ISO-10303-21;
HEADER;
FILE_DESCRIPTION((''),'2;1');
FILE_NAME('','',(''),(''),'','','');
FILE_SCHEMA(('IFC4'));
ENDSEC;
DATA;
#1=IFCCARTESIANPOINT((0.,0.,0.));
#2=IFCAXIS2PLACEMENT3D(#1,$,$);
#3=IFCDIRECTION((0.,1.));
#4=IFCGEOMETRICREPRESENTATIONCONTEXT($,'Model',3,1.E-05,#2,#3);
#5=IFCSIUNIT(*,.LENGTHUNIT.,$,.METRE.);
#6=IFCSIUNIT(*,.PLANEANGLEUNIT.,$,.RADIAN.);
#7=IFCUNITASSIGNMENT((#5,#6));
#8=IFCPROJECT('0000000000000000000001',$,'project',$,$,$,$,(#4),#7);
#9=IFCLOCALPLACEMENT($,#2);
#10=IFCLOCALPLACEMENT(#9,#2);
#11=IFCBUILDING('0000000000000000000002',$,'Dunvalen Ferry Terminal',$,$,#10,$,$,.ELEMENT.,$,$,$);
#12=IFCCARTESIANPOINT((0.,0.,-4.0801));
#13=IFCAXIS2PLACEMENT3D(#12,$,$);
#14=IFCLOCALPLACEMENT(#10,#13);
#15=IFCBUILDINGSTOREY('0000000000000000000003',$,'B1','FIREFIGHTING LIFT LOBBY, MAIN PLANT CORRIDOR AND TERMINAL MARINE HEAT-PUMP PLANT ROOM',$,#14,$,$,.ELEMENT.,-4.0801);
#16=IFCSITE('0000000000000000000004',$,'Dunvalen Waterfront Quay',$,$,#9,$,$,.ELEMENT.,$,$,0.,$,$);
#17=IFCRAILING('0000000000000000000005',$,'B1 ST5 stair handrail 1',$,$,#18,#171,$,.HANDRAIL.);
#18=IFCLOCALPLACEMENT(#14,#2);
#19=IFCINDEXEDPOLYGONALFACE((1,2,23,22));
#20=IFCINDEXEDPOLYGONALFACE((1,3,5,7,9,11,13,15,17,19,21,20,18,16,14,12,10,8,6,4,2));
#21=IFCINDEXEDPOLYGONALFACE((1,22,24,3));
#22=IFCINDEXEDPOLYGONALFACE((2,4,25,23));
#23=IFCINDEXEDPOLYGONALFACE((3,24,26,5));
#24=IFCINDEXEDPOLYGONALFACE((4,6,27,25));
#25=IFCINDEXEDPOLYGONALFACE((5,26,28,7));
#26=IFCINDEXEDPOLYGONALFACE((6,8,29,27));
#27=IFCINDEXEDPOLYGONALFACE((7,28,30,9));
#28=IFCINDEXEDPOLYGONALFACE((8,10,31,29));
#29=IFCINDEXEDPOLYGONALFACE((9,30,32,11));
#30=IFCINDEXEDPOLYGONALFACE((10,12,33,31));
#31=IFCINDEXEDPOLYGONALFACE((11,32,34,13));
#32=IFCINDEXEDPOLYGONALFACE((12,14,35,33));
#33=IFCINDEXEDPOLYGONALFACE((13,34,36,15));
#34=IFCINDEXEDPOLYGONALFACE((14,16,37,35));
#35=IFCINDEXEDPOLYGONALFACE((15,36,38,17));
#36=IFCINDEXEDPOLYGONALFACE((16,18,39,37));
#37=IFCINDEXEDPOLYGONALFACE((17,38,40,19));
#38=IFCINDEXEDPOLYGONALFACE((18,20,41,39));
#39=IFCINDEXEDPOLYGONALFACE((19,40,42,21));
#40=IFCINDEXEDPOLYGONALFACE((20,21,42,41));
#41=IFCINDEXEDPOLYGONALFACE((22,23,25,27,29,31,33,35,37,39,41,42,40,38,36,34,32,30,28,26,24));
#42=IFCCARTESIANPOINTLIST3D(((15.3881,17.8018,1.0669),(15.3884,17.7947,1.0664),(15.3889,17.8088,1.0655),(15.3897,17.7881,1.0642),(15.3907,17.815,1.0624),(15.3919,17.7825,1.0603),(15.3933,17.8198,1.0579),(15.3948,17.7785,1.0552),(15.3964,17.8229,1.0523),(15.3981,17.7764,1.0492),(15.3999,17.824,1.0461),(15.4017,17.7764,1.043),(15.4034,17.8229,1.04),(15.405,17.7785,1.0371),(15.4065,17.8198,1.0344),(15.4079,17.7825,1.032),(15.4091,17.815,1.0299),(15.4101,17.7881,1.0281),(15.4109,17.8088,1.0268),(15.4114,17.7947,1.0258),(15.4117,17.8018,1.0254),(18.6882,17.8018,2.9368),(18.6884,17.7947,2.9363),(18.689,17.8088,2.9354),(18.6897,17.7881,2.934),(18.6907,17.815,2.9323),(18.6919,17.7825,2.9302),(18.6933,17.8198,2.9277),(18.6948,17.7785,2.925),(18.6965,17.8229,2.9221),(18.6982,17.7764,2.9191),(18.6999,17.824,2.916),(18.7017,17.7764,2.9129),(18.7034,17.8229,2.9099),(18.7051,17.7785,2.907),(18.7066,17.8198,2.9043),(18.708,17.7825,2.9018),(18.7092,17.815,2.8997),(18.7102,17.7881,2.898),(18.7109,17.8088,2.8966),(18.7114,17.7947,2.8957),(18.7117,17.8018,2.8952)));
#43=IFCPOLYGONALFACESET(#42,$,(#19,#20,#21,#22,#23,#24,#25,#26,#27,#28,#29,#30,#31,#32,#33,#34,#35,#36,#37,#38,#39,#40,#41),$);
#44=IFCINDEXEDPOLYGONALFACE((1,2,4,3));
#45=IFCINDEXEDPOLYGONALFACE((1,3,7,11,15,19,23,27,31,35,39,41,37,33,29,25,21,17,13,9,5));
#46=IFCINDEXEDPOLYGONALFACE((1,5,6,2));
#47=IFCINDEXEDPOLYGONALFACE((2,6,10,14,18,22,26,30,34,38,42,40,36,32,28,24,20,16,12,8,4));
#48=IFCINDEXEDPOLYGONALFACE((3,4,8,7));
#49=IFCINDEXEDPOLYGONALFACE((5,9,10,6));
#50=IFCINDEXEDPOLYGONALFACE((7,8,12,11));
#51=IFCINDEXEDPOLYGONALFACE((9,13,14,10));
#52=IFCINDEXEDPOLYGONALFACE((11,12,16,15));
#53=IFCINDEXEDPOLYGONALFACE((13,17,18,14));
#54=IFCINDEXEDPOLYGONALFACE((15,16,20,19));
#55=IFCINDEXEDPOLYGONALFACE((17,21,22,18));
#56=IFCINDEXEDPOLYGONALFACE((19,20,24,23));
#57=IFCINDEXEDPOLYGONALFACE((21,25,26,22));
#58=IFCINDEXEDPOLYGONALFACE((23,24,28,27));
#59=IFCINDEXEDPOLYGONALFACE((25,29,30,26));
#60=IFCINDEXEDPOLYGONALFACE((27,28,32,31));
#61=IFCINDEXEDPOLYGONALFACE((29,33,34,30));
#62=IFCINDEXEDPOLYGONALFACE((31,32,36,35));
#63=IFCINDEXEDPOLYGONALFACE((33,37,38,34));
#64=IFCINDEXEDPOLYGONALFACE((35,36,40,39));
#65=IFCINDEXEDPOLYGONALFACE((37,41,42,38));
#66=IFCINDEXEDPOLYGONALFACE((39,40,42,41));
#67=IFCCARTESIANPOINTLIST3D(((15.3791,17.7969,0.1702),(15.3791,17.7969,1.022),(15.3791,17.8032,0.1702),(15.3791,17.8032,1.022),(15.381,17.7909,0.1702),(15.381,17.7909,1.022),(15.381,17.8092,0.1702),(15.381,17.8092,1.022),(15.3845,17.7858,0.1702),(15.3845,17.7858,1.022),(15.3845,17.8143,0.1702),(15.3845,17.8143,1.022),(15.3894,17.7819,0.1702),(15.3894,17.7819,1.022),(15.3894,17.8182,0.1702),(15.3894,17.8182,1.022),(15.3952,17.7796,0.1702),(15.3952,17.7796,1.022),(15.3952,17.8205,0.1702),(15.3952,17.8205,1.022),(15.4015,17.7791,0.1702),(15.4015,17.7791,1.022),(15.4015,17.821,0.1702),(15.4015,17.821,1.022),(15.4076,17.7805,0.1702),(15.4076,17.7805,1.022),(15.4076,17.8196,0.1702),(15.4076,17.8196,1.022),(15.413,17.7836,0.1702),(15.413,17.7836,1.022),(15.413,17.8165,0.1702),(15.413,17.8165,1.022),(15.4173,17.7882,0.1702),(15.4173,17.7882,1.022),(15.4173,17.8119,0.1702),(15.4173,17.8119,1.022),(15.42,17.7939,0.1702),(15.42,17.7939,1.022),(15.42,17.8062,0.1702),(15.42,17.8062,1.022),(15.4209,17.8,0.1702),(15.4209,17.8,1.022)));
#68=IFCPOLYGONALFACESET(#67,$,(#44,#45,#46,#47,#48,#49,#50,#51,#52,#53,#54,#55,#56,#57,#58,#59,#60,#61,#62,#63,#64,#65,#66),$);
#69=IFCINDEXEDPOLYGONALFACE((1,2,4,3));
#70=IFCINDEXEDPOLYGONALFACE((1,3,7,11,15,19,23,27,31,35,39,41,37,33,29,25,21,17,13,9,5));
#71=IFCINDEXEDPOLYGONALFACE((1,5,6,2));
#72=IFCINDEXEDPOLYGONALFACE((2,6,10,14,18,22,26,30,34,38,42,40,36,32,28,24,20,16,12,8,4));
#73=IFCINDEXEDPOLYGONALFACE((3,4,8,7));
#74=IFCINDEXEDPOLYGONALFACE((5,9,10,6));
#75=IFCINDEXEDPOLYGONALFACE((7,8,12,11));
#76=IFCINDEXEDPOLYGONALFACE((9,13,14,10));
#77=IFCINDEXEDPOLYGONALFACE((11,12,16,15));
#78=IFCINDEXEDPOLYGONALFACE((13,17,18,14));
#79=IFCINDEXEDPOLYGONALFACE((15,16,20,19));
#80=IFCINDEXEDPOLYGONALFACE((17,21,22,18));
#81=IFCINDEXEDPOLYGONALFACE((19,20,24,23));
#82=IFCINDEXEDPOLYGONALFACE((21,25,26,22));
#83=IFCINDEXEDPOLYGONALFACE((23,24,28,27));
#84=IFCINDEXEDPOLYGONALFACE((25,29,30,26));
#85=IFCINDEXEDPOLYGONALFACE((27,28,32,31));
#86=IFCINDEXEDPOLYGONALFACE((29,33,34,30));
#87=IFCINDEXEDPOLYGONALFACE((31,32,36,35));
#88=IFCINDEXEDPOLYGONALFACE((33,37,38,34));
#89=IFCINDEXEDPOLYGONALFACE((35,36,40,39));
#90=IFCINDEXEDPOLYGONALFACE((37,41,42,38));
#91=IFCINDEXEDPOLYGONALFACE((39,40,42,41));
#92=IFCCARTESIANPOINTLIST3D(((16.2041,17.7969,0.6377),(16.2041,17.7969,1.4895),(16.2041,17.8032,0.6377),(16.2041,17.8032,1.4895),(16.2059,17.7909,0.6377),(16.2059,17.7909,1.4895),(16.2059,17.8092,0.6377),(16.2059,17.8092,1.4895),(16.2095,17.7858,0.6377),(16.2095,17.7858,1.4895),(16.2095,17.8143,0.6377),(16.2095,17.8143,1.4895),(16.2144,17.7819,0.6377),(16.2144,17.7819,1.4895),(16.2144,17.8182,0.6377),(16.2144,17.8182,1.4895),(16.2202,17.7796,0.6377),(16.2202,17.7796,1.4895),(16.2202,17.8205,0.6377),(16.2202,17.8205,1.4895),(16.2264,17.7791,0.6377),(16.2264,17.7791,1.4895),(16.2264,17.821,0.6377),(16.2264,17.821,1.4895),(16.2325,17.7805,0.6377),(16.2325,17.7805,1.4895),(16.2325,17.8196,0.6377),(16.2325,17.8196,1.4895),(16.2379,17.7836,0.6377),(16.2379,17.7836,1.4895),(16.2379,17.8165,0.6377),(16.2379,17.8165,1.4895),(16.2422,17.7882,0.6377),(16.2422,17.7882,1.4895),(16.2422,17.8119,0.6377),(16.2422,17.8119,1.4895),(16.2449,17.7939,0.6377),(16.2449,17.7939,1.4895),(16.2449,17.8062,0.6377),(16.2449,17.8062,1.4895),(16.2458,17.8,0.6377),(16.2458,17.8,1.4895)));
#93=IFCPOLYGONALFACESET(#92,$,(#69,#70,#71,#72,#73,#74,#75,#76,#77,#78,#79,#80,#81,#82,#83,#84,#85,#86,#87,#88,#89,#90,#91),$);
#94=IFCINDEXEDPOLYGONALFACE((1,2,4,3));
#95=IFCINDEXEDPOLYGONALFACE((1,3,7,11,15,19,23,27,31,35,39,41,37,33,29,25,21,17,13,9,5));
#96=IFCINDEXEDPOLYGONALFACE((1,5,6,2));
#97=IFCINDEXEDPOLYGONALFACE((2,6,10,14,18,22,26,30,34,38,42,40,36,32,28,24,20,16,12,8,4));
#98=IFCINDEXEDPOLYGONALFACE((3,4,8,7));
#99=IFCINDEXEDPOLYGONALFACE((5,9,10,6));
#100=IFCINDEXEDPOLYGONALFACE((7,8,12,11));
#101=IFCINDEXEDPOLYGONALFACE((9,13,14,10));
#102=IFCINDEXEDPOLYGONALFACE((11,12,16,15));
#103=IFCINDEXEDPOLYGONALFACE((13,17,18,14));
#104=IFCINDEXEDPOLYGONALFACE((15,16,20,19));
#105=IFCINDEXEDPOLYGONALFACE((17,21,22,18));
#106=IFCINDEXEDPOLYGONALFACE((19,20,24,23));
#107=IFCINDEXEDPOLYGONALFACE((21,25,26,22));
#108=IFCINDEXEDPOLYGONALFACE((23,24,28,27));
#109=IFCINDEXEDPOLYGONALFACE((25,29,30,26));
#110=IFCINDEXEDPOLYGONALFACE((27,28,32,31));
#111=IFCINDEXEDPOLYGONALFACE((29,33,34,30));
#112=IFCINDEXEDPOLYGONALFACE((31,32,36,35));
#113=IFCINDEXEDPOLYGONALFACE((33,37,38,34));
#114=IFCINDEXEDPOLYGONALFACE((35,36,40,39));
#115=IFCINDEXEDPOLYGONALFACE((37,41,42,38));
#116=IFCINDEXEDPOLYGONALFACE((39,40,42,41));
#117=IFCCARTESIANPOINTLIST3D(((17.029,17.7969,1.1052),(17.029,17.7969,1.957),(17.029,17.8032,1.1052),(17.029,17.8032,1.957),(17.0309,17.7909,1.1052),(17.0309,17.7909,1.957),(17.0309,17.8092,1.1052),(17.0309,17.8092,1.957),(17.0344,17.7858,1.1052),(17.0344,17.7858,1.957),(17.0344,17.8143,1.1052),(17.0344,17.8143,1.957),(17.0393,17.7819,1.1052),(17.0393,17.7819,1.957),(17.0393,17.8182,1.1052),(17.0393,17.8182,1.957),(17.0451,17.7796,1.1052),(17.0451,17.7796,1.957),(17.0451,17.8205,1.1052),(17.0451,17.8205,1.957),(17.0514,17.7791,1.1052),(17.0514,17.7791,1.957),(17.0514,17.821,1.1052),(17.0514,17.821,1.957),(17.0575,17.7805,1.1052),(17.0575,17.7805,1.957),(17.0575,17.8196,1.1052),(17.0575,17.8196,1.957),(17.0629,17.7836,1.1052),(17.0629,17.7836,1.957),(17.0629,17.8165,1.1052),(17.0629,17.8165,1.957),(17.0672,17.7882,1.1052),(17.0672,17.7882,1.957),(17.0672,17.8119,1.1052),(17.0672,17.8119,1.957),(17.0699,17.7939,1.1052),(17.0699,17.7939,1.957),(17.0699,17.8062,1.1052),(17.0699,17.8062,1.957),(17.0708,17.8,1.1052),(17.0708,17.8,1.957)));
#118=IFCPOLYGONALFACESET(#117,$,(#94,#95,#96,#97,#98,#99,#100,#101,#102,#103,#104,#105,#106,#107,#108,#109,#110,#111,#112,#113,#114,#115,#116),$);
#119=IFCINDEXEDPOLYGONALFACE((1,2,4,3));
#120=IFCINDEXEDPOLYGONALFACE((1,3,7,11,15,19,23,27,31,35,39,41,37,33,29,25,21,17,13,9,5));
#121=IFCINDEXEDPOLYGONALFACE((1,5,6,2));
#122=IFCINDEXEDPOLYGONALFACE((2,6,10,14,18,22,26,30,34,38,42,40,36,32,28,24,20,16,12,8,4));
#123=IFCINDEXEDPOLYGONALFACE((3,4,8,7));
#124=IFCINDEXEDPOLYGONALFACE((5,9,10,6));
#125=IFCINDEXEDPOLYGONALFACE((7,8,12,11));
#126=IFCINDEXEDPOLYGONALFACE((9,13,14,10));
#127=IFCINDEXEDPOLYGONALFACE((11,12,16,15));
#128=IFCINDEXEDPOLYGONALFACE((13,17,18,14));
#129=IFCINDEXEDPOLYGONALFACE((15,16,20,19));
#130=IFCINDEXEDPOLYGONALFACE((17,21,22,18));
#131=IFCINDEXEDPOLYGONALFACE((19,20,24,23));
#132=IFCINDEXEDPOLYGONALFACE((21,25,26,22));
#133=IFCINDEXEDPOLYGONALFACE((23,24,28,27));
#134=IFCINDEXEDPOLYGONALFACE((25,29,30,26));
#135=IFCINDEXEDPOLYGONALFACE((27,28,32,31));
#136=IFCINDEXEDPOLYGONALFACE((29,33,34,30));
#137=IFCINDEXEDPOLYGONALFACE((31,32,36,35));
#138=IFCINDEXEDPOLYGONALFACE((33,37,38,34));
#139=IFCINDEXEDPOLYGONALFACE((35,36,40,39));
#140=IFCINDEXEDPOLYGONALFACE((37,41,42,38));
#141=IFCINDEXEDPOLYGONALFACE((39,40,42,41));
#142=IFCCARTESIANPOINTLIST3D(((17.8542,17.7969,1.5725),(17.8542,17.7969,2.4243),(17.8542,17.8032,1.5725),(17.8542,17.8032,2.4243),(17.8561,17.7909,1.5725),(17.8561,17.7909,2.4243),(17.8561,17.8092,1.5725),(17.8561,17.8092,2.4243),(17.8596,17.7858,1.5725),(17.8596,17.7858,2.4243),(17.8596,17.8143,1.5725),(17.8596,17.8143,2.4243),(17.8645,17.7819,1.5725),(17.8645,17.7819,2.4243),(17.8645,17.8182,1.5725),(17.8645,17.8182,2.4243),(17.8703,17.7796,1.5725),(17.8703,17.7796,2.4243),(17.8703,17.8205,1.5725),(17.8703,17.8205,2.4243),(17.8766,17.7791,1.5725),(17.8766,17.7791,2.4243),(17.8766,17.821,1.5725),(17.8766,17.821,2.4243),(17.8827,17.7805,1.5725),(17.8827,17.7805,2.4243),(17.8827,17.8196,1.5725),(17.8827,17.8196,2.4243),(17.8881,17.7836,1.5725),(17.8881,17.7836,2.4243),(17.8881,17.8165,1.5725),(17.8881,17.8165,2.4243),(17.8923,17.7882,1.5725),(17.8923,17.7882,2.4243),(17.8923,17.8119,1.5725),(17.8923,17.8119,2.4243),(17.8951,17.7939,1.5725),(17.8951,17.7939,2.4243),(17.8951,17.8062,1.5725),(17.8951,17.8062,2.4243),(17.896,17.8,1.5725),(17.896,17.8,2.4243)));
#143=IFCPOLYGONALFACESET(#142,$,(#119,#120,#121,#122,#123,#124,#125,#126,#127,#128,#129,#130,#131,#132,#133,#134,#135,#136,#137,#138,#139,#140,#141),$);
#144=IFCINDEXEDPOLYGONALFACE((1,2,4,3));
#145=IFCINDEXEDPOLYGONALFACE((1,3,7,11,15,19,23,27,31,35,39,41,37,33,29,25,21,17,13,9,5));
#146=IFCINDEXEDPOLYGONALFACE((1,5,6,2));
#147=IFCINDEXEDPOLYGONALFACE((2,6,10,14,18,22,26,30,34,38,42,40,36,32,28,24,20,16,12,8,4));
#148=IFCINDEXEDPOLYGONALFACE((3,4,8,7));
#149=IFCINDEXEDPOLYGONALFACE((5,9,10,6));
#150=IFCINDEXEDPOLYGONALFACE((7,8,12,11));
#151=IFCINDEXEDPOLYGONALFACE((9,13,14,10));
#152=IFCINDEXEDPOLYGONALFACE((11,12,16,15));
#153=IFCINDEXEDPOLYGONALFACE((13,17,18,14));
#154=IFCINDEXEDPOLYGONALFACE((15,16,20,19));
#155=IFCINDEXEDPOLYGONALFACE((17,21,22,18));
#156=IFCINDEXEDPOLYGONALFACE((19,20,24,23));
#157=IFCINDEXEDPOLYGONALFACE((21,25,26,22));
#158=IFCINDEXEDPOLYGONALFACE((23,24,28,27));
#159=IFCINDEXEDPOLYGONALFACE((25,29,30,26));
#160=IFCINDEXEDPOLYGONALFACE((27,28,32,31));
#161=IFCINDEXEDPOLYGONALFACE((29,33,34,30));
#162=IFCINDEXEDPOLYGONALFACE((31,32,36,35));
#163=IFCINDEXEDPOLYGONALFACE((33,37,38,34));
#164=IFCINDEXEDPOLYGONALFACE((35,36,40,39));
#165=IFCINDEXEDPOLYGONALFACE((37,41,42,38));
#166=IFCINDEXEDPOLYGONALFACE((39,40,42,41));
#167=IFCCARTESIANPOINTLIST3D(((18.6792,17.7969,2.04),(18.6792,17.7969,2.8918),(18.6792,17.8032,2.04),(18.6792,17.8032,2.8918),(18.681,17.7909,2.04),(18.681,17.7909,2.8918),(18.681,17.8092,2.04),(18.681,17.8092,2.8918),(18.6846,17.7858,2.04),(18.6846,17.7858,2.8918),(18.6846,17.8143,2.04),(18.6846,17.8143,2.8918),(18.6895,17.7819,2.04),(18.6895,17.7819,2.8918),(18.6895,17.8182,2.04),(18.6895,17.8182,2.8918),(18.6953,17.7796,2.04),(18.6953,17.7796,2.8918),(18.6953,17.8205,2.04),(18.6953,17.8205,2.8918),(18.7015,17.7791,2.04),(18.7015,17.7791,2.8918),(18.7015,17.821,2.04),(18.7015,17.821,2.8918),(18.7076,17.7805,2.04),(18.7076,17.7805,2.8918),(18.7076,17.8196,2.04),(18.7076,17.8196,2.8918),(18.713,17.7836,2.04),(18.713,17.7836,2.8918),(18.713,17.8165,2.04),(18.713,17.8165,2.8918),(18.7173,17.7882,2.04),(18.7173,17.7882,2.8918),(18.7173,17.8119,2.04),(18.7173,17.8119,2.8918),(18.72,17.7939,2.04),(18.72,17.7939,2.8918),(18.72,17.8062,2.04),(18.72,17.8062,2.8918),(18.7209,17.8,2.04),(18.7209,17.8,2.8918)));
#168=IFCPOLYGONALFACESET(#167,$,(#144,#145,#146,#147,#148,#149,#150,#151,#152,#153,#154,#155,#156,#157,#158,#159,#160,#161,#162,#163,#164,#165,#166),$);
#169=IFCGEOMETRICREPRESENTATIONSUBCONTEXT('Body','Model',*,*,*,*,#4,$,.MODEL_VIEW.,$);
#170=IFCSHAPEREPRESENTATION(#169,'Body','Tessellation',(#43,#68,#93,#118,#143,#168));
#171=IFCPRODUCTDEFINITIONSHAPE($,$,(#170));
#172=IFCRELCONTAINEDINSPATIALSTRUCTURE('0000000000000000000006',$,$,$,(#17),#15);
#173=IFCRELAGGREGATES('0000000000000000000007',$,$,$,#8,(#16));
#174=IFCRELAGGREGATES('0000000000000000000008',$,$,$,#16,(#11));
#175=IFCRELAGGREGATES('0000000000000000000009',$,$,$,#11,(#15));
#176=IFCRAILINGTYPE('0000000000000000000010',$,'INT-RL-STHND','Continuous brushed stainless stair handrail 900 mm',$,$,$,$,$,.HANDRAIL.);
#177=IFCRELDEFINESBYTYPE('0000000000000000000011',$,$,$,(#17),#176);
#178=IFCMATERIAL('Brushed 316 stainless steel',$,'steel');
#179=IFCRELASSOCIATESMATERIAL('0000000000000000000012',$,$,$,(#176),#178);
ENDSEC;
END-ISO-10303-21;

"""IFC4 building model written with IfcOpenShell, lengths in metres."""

from ifc_helpers import new_model, si_unit, direction, frame, origin, origin_2d, place, context, subcontext, project, spatial, circle, extrude, material, type_object, element, save


model = new_model("IFC4")

# Units and contexts
model_context = context("Model", 3, precision=1e-05, world=origin(), true_north=direction((0.0, 1.0)))
body_context = subcontext(model_context, "Body", "Model", "MODEL_VIEW")
ifc_project = project(units=[si_unit("LENGTHUNIT", "METRE"), si_unit("PLANEANGLEUNIT", "RADIAN")], contexts=[model_context])

# Site, building, storey
site_placement = place(None, origin())
site = spatial("IfcSite", under=ifc_project, at=site_placement, Name="Dunvalen Waterfront Quay", CompositionType="ELEMENT", RefElevation=0.0)
building_placement = place(site_placement, origin())
building = spatial("IfcBuilding", under=site, at=building_placement, Name="Dunvalen Ferry Terminal", CompositionType="ELEMENT")
storey_placement = place(building_placement, frame((0.0, 0.0, -4.0801)))
storey = spatial("IfcBuildingStorey", under=building, at=storey_placement, Name="B1", Description="FIREFIGHTING LIFT LOBBY, MAIN PLANT CORRIDOR AND TERMINAL MARINE HEAT-PUMP PLANT ROOM", CompositionType="ELEMENT", Elevation=-4.0801)

# Railing
ifc_material_1 = material(Name="Brushed 316 stainless steel", Category="steel")
railing_type_1 = type_object("IfcRailingType", Name="INT-RL-STHND", Description="Continuous brushed stainless stair handrail 900 mm", PredefinedType="HANDRAIL", material=ifc_material_1)
railing_1_placement = place(storey_placement, frame((15.3999, 17.8, 0.1702)))
element("IfcRailing", 1, at=railing_1_placement, inside=storey, type_object=railing_type_1, Name="B1 ST5 stair handrail 1", PredefinedType="HANDRAIL", context=body_context, shape_type="SweptSolid", body=[
    extrude(circle(Radius=0.0239, at=origin_2d()), frame((0.0, 0.0, 0.876), z_axis=(0.87004, 0.0, 0.492982), x_axis=(0.0, 1.0, 0.0)), (0.0, 0.0, 1.0), 3.793),
    extrude(circle(Radius=0.021, at=origin_2d()), origin(), (0.0, 0.0, 1.0), 0.8518),
    extrude(circle(Radius=0.021, at=origin_2d()), frame((0.825, 0.0, 0.4675)), (0.0, 0.0, 1.0), 0.8518),
    extrude(circle(Radius=0.021, at=origin_2d()), frame((1.6499, 0.0, 0.9351)), (0.0, 0.0, 1.0), 0.8518),
    extrude(circle(Radius=0.021, at=origin_2d()), frame((2.4751, 0.0, 1.4023)), (0.0, 0.0, 1.0), 0.8518),
    extrude(circle(Radius=0.021, at=origin_2d()), frame((3.3, 0.0, 1.8699)), (0.0, 0.0, 1.0), 0.8518),
])

save(model, "model.ifc")
